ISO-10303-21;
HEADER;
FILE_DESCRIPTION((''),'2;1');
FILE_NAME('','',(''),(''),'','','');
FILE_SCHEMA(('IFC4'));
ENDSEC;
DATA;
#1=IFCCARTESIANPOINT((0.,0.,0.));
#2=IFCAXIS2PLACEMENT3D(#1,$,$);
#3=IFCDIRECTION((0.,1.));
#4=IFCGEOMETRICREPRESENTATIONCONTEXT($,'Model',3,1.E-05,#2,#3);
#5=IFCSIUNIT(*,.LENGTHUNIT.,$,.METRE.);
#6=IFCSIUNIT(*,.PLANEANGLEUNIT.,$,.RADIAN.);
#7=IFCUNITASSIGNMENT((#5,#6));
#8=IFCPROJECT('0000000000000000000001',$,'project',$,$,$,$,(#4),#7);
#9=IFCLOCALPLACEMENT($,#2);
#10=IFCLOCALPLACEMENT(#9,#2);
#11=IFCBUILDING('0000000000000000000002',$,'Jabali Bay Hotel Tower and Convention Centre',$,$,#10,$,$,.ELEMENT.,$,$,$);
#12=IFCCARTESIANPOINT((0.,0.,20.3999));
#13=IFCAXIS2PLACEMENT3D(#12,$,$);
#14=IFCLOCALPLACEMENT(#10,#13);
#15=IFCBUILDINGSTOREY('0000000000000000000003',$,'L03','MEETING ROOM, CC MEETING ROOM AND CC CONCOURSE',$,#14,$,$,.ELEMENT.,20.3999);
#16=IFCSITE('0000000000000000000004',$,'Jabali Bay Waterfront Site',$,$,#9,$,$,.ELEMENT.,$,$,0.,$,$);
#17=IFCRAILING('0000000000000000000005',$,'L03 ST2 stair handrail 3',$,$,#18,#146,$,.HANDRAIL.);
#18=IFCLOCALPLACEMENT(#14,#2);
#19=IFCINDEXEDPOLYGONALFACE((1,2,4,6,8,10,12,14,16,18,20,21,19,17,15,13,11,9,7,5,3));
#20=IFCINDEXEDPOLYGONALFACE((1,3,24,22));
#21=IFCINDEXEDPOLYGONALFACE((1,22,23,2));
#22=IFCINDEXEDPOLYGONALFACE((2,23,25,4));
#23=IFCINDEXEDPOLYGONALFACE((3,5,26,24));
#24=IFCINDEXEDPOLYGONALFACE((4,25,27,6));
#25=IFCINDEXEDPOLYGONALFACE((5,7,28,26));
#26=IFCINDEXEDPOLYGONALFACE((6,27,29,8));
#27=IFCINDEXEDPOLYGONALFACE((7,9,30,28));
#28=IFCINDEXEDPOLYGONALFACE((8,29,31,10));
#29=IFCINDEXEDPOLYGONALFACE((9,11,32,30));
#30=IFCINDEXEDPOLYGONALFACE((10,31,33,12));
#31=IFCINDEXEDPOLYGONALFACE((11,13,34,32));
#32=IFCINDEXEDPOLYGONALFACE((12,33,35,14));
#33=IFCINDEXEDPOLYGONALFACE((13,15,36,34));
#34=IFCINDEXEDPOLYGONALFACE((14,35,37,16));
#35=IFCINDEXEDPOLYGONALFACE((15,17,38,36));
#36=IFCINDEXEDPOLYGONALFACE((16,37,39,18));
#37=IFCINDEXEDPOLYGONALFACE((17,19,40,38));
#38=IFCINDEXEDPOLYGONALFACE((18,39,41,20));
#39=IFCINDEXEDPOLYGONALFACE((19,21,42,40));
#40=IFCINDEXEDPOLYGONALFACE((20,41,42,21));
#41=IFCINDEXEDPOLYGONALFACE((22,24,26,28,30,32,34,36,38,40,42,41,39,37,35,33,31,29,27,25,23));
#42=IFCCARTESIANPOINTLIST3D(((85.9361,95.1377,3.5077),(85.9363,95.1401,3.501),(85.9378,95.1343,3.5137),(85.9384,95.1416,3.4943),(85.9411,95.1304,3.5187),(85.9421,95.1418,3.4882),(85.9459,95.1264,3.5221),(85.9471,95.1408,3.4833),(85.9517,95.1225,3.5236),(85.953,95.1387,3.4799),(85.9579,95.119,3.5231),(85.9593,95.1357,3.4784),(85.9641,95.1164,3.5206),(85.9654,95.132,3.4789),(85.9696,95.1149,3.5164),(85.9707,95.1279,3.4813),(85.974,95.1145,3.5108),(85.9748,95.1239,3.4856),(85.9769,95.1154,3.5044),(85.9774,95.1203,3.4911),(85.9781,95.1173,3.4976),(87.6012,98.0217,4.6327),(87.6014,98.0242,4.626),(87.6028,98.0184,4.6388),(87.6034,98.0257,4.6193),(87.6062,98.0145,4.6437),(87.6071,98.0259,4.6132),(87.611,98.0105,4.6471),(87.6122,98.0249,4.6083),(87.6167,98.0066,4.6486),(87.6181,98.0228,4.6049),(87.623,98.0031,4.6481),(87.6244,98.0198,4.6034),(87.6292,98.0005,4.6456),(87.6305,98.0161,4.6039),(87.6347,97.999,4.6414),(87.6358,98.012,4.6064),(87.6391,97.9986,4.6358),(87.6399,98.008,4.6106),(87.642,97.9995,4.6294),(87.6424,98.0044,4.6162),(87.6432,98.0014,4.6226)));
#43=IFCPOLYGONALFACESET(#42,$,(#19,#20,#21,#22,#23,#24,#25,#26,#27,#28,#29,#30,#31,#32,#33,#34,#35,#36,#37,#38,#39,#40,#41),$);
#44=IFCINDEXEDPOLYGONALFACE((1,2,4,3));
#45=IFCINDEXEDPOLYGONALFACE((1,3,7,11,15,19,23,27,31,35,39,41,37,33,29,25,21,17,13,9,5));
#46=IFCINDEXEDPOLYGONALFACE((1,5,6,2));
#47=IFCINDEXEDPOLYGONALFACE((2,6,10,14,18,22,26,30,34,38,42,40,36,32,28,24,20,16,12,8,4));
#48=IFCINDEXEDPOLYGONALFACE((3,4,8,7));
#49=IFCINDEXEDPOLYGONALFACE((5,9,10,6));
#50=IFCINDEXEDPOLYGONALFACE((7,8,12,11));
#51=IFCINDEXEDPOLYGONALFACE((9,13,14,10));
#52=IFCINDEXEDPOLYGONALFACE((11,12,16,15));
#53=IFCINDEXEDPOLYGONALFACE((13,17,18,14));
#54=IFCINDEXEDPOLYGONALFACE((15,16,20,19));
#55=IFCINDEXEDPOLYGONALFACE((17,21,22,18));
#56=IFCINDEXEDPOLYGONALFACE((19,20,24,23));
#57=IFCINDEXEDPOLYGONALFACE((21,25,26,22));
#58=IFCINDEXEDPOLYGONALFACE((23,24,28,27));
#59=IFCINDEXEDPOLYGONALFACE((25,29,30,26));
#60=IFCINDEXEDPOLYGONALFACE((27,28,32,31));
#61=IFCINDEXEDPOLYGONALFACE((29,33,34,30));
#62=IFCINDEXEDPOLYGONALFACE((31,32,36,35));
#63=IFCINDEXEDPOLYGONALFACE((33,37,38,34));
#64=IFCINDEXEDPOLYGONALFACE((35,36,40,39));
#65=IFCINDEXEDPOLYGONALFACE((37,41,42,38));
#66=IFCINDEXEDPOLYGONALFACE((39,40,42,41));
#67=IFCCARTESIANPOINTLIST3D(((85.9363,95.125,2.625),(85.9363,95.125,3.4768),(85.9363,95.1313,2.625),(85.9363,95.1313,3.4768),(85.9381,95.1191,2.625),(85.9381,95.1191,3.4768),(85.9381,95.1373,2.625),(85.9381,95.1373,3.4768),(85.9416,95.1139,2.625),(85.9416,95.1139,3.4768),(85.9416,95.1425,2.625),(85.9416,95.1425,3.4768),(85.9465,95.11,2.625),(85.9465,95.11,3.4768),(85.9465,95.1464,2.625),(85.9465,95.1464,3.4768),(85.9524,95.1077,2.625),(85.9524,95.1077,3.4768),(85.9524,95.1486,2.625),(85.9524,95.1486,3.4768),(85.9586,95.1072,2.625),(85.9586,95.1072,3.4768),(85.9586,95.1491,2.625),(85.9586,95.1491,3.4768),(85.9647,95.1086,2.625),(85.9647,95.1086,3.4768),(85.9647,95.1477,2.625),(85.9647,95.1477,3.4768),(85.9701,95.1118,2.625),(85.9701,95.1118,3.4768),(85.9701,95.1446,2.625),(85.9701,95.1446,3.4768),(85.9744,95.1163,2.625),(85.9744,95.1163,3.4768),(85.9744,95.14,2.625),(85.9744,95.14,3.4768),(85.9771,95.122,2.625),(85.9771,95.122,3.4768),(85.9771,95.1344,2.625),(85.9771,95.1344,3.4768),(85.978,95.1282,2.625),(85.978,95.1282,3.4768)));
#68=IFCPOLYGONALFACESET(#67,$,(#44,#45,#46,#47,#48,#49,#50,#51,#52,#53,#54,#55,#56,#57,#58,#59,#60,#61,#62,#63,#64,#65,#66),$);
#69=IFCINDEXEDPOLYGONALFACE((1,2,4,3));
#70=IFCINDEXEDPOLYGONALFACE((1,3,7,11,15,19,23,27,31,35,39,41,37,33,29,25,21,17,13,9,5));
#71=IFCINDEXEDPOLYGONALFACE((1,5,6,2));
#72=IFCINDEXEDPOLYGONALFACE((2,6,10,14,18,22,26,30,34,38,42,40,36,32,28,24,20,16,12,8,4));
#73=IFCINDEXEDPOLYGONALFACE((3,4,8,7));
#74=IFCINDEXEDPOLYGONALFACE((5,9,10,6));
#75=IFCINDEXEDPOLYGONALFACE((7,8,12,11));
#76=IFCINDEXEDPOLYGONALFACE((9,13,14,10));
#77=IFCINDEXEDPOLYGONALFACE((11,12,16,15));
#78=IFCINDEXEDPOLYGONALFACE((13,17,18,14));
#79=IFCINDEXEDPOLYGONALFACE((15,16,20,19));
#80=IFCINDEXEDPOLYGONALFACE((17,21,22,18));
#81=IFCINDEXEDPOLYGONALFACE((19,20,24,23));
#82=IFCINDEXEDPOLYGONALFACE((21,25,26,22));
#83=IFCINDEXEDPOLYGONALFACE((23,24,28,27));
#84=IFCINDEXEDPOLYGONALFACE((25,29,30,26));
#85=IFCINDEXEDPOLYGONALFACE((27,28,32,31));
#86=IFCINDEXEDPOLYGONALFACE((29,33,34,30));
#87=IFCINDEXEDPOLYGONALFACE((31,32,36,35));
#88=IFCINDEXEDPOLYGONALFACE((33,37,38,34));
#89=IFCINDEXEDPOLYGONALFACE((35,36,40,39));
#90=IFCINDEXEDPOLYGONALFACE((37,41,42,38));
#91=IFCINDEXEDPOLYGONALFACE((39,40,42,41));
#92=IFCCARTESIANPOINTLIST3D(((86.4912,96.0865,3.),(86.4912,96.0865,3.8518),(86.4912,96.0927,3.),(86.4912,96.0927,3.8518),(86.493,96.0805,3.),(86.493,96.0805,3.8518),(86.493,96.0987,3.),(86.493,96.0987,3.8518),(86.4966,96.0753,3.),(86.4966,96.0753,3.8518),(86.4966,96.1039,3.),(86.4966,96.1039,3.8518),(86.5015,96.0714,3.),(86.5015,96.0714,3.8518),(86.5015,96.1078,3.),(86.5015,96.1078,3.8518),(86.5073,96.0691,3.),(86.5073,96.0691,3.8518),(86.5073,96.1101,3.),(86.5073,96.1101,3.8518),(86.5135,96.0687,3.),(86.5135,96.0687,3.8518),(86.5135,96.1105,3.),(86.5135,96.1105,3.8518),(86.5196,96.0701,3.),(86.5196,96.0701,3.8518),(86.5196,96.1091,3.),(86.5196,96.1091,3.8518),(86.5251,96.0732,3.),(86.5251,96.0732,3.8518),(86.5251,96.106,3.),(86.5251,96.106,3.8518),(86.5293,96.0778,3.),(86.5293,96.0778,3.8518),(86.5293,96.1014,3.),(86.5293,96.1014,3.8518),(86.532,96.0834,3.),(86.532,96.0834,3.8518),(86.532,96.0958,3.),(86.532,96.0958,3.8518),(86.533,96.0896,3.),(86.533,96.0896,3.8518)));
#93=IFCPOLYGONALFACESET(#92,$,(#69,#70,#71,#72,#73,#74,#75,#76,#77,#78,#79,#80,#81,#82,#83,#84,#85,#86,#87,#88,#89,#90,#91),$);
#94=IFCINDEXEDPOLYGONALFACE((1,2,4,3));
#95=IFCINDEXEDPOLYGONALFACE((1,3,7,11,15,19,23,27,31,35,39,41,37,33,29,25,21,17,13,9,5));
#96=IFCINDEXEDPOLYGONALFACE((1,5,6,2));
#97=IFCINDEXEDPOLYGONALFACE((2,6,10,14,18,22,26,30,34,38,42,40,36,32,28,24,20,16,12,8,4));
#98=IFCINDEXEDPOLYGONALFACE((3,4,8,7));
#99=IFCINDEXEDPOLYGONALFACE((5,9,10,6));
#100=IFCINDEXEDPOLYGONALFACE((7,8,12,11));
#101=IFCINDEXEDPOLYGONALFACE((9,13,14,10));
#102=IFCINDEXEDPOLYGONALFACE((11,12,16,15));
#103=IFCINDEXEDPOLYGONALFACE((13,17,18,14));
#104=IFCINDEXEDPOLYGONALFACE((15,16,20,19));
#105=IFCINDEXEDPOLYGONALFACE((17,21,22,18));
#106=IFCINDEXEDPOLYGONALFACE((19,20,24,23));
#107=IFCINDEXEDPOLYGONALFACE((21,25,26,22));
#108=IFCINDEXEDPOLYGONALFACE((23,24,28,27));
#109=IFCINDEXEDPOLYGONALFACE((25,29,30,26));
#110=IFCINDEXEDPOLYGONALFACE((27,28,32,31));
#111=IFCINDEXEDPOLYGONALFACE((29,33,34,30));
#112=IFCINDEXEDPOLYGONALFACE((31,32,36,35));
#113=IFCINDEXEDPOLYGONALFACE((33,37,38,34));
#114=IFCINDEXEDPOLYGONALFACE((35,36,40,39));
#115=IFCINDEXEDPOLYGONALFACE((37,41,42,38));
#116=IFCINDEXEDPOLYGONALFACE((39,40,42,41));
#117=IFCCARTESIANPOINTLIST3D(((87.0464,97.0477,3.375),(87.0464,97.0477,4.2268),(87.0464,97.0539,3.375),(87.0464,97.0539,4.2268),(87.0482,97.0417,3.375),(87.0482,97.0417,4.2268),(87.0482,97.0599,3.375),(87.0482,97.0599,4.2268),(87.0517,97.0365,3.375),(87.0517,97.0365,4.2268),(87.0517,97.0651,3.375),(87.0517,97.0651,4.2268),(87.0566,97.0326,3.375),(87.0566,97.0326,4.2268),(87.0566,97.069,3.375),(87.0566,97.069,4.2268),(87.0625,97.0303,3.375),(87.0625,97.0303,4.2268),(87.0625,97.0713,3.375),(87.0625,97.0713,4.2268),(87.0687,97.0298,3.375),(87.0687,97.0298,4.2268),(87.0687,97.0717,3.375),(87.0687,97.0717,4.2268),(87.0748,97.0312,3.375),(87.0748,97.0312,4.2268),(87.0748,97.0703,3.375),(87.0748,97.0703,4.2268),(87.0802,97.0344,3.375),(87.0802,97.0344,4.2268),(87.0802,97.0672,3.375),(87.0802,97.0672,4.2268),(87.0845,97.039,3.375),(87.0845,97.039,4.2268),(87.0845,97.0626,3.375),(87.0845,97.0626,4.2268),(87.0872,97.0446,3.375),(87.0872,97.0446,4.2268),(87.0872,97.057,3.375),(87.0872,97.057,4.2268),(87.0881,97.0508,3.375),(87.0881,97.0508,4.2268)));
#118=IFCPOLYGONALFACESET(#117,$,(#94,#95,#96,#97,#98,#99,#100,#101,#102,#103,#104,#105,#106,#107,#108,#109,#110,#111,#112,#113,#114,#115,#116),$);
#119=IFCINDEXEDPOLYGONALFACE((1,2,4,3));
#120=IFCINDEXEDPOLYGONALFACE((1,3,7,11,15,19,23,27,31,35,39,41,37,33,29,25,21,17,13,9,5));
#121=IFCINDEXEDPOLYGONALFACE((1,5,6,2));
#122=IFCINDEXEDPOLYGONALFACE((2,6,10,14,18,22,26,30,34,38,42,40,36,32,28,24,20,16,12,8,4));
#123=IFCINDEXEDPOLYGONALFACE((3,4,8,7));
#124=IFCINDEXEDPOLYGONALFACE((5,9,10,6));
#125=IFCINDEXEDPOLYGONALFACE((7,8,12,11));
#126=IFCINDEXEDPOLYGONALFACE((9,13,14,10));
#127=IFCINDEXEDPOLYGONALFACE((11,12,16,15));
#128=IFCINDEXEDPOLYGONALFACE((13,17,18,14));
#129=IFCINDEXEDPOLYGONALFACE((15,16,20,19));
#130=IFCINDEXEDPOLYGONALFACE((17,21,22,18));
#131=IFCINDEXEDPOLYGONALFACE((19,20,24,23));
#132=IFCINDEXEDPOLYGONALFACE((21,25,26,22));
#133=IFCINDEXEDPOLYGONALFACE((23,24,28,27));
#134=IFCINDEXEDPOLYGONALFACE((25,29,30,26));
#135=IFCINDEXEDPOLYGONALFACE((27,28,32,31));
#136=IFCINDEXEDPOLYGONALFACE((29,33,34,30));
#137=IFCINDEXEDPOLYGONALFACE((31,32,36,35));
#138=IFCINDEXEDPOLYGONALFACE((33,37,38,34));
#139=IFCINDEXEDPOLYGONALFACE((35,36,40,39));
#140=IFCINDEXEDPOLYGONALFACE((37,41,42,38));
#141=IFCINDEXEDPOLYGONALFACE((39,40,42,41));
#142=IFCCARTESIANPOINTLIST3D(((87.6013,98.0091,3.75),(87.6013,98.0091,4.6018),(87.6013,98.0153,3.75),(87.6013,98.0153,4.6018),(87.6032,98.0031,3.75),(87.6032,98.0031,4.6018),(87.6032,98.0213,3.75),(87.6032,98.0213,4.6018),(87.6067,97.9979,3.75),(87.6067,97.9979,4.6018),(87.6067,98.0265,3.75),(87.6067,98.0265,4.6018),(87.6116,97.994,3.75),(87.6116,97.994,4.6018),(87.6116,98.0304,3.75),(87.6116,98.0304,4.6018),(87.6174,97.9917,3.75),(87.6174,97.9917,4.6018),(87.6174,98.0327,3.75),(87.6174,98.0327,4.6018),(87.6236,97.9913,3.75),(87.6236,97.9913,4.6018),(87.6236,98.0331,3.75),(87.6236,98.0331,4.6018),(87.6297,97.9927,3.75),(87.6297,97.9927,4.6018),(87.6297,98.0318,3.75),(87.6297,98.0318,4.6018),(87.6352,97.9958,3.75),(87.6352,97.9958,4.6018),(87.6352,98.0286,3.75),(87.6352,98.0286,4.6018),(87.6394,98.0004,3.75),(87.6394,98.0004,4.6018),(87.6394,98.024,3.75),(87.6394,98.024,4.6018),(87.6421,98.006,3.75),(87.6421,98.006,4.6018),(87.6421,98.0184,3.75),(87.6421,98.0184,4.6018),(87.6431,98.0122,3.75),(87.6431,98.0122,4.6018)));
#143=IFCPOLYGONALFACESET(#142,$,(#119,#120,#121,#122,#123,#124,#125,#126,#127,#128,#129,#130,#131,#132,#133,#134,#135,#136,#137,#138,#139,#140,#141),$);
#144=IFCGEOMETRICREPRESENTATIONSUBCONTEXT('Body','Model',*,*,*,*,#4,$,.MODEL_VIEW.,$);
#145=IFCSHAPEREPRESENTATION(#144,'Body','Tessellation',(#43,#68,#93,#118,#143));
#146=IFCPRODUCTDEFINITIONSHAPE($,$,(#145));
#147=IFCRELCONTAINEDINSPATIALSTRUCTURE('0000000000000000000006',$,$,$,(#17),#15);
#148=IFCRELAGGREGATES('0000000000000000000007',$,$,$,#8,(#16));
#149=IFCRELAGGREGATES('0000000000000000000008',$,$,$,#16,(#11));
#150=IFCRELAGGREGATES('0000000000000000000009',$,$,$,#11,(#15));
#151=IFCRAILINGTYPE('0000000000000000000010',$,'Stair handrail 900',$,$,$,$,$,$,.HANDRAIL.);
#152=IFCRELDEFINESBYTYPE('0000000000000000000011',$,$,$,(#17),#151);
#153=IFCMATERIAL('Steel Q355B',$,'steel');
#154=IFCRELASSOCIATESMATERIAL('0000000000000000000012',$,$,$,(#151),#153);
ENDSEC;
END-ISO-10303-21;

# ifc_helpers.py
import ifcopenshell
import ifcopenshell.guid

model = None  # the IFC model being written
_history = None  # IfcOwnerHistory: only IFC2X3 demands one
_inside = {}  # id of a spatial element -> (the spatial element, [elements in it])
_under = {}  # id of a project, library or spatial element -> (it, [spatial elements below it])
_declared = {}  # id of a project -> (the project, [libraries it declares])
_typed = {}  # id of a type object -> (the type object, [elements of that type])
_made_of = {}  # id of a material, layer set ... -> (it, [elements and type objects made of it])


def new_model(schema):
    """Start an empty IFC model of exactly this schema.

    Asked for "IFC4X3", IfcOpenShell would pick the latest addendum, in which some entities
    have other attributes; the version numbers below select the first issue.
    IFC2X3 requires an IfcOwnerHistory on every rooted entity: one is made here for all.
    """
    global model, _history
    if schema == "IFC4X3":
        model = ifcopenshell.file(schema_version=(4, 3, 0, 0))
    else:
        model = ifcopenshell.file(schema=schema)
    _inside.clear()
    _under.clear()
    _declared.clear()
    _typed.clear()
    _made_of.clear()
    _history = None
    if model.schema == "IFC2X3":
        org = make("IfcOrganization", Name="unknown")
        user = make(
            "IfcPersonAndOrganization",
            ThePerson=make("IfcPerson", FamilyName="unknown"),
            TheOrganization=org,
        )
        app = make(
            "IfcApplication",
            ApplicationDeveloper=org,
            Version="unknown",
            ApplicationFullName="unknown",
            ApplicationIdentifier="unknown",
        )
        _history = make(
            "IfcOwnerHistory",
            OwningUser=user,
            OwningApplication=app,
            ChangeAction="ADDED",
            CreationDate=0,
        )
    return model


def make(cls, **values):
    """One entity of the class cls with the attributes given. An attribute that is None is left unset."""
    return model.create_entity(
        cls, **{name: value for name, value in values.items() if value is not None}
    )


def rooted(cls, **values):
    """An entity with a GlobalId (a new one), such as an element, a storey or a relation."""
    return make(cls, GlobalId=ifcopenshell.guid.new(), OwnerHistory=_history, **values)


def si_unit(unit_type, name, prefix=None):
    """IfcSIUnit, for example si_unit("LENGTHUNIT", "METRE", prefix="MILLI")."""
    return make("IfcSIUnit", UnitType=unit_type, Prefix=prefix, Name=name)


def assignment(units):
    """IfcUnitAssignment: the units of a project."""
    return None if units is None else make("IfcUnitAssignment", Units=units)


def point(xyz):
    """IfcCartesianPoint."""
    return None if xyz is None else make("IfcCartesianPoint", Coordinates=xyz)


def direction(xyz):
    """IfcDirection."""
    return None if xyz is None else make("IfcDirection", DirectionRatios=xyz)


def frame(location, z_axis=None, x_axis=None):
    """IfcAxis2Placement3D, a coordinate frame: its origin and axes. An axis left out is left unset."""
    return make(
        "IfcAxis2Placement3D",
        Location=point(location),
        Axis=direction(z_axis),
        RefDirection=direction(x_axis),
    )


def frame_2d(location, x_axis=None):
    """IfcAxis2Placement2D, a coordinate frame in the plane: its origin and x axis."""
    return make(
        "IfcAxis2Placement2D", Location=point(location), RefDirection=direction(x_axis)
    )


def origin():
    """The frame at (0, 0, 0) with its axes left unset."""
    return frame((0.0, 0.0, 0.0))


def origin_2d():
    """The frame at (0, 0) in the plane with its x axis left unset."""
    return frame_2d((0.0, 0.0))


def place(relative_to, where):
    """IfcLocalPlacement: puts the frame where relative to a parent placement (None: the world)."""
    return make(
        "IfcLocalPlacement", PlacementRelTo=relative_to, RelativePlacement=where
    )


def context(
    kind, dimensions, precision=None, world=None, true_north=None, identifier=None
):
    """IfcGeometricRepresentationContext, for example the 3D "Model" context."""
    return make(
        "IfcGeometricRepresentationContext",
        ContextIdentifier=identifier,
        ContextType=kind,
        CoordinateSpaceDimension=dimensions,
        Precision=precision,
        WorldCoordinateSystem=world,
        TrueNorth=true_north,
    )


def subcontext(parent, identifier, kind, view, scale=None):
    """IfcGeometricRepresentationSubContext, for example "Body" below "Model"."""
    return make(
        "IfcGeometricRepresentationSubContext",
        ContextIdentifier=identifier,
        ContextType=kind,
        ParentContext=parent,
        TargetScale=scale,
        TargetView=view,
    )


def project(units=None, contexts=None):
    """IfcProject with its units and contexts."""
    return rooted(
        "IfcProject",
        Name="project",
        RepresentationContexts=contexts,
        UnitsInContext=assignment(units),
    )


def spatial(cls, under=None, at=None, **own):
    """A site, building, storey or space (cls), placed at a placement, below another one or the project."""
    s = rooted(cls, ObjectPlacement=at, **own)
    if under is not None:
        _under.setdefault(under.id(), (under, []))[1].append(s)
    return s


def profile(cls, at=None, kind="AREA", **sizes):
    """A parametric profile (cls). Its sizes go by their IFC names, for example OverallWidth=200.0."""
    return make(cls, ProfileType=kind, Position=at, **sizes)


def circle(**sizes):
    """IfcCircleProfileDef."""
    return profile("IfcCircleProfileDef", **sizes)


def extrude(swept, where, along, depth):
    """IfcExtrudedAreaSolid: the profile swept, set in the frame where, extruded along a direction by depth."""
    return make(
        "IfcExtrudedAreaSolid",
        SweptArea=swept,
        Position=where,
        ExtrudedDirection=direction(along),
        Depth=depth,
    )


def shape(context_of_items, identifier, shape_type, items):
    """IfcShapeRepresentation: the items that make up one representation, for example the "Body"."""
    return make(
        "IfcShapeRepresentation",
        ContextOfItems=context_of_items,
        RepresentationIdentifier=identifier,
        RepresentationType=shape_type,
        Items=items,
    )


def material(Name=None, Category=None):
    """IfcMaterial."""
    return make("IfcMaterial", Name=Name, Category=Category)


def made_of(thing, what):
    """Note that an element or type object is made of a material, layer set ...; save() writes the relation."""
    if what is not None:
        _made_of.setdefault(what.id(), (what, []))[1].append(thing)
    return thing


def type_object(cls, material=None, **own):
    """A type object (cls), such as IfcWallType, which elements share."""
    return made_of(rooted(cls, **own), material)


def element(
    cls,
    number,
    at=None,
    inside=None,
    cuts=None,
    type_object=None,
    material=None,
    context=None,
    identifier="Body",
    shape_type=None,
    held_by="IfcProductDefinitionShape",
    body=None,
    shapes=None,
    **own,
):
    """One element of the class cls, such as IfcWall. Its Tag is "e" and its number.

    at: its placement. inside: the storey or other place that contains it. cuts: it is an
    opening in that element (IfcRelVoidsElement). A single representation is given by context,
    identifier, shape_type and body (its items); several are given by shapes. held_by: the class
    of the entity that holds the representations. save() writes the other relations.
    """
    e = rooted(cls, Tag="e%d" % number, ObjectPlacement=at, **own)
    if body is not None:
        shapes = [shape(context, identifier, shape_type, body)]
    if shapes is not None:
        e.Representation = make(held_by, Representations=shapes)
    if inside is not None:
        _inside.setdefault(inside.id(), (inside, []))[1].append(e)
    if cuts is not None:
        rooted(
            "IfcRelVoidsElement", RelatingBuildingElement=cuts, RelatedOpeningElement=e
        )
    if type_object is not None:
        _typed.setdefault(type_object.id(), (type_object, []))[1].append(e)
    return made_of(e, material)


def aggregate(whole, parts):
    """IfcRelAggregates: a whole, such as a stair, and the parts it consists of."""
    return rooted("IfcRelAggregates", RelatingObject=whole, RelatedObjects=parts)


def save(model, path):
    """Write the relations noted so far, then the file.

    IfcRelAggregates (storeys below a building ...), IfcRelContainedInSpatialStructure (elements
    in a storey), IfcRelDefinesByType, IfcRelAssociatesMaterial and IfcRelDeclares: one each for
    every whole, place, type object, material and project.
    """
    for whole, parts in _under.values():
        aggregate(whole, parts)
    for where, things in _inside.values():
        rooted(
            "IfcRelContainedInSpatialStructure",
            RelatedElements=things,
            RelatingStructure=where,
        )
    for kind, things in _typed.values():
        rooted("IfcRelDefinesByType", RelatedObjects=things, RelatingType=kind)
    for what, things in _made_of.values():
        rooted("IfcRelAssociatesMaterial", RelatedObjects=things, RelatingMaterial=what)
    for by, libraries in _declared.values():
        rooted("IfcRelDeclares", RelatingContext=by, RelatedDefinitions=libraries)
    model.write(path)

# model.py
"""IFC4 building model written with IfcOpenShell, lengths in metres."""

from ifc_helpers import new_model, si_unit, direction, frame, origin, origin_2d, place, context, subcontext, project, spatial, circle, extrude, material, type_object, element, save


model = new_model("IFC4")

# Units and contexts
model_context = context("Model", 3, precision=1e-05, world=origin(), true_north=direction((0.0, 1.0)))
body_context = subcontext(model_context, "Body", "Model", "MODEL_VIEW")
ifc_project = project(units=[si_unit("LENGTHUNIT", "METRE"), si_unit("PLANEANGLEUNIT", "RADIAN")], contexts=[model_context])

# Site, building, storey
site_placement = place(None, origin())
site = spatial("IfcSite", under=ifc_project, at=site_placement, Name="Jabali Bay Waterfront Site", CompositionType="ELEMENT", RefElevation=0.0)
building_placement = place(site_placement, origin())
building = spatial("IfcBuilding", under=site, at=building_placement, Name="Jabali Bay Hotel Tower and Convention Centre", CompositionType="ELEMENT")
storey_placement = place(building_placement, frame((0.0, 0.0, 20.3999)))
storey = spatial("IfcBuildingStorey", under=building, at=storey_placement, Name="L03", Description="MEETING ROOM, CC MEETING ROOM AND CC CONCOURSE", CompositionType="ELEMENT", Elevation=20.3999)

# Railing
ifc_material_1 = material(Name="Steel Q355B", Category="steel")
railing_type_1 = type_object("IfcRailingType", Name="Stair handrail 900", PredefinedType="HANDRAIL", material=ifc_material_1)
railing_1_placement = place(storey_placement, frame((85.957, 95.1282, 2.625)))
element("IfcRailing", 1, at=railing_1_placement, inside=storey, type_object=railing_type_1, Name="L03 ST2 stair handrail 3", PredefinedType="HANDRAIL", context=body_context, shape_type="SweptSolid", body=[
    extrude(circle(Radius=0.0239, at=origin_2d()), frame((0.0, 0.0, 0.876), z_axis=(0.473688, 0.82048, 0.320052), x_axis=(-0.866033, 0.499987, 0.0)), (0.0, 0.0, 1.0), 3.5151),
    extrude(circle(Radius=0.021, at=origin_2d()), origin(), (0.0, 0.0, 1.0), 0.8518),
    extrude(circle(Radius=0.021, at=origin_2d()), frame((0.5549, 0.9614, 0.375)), (0.0, 0.0, 1.0), 0.8518),
    extrude(circle(Radius=0.021, at=origin_2d()), frame((1.1101, 1.9226, 0.75)), (0.0, 0.0, 1.0), 0.8518),
    extrude(circle(Radius=0.021, at=origin_2d()), frame((1.665, 2.884, 1.125)), (0.0, 0.0, 1.0), 0.8518),
])

save(model, "model.ifc")
